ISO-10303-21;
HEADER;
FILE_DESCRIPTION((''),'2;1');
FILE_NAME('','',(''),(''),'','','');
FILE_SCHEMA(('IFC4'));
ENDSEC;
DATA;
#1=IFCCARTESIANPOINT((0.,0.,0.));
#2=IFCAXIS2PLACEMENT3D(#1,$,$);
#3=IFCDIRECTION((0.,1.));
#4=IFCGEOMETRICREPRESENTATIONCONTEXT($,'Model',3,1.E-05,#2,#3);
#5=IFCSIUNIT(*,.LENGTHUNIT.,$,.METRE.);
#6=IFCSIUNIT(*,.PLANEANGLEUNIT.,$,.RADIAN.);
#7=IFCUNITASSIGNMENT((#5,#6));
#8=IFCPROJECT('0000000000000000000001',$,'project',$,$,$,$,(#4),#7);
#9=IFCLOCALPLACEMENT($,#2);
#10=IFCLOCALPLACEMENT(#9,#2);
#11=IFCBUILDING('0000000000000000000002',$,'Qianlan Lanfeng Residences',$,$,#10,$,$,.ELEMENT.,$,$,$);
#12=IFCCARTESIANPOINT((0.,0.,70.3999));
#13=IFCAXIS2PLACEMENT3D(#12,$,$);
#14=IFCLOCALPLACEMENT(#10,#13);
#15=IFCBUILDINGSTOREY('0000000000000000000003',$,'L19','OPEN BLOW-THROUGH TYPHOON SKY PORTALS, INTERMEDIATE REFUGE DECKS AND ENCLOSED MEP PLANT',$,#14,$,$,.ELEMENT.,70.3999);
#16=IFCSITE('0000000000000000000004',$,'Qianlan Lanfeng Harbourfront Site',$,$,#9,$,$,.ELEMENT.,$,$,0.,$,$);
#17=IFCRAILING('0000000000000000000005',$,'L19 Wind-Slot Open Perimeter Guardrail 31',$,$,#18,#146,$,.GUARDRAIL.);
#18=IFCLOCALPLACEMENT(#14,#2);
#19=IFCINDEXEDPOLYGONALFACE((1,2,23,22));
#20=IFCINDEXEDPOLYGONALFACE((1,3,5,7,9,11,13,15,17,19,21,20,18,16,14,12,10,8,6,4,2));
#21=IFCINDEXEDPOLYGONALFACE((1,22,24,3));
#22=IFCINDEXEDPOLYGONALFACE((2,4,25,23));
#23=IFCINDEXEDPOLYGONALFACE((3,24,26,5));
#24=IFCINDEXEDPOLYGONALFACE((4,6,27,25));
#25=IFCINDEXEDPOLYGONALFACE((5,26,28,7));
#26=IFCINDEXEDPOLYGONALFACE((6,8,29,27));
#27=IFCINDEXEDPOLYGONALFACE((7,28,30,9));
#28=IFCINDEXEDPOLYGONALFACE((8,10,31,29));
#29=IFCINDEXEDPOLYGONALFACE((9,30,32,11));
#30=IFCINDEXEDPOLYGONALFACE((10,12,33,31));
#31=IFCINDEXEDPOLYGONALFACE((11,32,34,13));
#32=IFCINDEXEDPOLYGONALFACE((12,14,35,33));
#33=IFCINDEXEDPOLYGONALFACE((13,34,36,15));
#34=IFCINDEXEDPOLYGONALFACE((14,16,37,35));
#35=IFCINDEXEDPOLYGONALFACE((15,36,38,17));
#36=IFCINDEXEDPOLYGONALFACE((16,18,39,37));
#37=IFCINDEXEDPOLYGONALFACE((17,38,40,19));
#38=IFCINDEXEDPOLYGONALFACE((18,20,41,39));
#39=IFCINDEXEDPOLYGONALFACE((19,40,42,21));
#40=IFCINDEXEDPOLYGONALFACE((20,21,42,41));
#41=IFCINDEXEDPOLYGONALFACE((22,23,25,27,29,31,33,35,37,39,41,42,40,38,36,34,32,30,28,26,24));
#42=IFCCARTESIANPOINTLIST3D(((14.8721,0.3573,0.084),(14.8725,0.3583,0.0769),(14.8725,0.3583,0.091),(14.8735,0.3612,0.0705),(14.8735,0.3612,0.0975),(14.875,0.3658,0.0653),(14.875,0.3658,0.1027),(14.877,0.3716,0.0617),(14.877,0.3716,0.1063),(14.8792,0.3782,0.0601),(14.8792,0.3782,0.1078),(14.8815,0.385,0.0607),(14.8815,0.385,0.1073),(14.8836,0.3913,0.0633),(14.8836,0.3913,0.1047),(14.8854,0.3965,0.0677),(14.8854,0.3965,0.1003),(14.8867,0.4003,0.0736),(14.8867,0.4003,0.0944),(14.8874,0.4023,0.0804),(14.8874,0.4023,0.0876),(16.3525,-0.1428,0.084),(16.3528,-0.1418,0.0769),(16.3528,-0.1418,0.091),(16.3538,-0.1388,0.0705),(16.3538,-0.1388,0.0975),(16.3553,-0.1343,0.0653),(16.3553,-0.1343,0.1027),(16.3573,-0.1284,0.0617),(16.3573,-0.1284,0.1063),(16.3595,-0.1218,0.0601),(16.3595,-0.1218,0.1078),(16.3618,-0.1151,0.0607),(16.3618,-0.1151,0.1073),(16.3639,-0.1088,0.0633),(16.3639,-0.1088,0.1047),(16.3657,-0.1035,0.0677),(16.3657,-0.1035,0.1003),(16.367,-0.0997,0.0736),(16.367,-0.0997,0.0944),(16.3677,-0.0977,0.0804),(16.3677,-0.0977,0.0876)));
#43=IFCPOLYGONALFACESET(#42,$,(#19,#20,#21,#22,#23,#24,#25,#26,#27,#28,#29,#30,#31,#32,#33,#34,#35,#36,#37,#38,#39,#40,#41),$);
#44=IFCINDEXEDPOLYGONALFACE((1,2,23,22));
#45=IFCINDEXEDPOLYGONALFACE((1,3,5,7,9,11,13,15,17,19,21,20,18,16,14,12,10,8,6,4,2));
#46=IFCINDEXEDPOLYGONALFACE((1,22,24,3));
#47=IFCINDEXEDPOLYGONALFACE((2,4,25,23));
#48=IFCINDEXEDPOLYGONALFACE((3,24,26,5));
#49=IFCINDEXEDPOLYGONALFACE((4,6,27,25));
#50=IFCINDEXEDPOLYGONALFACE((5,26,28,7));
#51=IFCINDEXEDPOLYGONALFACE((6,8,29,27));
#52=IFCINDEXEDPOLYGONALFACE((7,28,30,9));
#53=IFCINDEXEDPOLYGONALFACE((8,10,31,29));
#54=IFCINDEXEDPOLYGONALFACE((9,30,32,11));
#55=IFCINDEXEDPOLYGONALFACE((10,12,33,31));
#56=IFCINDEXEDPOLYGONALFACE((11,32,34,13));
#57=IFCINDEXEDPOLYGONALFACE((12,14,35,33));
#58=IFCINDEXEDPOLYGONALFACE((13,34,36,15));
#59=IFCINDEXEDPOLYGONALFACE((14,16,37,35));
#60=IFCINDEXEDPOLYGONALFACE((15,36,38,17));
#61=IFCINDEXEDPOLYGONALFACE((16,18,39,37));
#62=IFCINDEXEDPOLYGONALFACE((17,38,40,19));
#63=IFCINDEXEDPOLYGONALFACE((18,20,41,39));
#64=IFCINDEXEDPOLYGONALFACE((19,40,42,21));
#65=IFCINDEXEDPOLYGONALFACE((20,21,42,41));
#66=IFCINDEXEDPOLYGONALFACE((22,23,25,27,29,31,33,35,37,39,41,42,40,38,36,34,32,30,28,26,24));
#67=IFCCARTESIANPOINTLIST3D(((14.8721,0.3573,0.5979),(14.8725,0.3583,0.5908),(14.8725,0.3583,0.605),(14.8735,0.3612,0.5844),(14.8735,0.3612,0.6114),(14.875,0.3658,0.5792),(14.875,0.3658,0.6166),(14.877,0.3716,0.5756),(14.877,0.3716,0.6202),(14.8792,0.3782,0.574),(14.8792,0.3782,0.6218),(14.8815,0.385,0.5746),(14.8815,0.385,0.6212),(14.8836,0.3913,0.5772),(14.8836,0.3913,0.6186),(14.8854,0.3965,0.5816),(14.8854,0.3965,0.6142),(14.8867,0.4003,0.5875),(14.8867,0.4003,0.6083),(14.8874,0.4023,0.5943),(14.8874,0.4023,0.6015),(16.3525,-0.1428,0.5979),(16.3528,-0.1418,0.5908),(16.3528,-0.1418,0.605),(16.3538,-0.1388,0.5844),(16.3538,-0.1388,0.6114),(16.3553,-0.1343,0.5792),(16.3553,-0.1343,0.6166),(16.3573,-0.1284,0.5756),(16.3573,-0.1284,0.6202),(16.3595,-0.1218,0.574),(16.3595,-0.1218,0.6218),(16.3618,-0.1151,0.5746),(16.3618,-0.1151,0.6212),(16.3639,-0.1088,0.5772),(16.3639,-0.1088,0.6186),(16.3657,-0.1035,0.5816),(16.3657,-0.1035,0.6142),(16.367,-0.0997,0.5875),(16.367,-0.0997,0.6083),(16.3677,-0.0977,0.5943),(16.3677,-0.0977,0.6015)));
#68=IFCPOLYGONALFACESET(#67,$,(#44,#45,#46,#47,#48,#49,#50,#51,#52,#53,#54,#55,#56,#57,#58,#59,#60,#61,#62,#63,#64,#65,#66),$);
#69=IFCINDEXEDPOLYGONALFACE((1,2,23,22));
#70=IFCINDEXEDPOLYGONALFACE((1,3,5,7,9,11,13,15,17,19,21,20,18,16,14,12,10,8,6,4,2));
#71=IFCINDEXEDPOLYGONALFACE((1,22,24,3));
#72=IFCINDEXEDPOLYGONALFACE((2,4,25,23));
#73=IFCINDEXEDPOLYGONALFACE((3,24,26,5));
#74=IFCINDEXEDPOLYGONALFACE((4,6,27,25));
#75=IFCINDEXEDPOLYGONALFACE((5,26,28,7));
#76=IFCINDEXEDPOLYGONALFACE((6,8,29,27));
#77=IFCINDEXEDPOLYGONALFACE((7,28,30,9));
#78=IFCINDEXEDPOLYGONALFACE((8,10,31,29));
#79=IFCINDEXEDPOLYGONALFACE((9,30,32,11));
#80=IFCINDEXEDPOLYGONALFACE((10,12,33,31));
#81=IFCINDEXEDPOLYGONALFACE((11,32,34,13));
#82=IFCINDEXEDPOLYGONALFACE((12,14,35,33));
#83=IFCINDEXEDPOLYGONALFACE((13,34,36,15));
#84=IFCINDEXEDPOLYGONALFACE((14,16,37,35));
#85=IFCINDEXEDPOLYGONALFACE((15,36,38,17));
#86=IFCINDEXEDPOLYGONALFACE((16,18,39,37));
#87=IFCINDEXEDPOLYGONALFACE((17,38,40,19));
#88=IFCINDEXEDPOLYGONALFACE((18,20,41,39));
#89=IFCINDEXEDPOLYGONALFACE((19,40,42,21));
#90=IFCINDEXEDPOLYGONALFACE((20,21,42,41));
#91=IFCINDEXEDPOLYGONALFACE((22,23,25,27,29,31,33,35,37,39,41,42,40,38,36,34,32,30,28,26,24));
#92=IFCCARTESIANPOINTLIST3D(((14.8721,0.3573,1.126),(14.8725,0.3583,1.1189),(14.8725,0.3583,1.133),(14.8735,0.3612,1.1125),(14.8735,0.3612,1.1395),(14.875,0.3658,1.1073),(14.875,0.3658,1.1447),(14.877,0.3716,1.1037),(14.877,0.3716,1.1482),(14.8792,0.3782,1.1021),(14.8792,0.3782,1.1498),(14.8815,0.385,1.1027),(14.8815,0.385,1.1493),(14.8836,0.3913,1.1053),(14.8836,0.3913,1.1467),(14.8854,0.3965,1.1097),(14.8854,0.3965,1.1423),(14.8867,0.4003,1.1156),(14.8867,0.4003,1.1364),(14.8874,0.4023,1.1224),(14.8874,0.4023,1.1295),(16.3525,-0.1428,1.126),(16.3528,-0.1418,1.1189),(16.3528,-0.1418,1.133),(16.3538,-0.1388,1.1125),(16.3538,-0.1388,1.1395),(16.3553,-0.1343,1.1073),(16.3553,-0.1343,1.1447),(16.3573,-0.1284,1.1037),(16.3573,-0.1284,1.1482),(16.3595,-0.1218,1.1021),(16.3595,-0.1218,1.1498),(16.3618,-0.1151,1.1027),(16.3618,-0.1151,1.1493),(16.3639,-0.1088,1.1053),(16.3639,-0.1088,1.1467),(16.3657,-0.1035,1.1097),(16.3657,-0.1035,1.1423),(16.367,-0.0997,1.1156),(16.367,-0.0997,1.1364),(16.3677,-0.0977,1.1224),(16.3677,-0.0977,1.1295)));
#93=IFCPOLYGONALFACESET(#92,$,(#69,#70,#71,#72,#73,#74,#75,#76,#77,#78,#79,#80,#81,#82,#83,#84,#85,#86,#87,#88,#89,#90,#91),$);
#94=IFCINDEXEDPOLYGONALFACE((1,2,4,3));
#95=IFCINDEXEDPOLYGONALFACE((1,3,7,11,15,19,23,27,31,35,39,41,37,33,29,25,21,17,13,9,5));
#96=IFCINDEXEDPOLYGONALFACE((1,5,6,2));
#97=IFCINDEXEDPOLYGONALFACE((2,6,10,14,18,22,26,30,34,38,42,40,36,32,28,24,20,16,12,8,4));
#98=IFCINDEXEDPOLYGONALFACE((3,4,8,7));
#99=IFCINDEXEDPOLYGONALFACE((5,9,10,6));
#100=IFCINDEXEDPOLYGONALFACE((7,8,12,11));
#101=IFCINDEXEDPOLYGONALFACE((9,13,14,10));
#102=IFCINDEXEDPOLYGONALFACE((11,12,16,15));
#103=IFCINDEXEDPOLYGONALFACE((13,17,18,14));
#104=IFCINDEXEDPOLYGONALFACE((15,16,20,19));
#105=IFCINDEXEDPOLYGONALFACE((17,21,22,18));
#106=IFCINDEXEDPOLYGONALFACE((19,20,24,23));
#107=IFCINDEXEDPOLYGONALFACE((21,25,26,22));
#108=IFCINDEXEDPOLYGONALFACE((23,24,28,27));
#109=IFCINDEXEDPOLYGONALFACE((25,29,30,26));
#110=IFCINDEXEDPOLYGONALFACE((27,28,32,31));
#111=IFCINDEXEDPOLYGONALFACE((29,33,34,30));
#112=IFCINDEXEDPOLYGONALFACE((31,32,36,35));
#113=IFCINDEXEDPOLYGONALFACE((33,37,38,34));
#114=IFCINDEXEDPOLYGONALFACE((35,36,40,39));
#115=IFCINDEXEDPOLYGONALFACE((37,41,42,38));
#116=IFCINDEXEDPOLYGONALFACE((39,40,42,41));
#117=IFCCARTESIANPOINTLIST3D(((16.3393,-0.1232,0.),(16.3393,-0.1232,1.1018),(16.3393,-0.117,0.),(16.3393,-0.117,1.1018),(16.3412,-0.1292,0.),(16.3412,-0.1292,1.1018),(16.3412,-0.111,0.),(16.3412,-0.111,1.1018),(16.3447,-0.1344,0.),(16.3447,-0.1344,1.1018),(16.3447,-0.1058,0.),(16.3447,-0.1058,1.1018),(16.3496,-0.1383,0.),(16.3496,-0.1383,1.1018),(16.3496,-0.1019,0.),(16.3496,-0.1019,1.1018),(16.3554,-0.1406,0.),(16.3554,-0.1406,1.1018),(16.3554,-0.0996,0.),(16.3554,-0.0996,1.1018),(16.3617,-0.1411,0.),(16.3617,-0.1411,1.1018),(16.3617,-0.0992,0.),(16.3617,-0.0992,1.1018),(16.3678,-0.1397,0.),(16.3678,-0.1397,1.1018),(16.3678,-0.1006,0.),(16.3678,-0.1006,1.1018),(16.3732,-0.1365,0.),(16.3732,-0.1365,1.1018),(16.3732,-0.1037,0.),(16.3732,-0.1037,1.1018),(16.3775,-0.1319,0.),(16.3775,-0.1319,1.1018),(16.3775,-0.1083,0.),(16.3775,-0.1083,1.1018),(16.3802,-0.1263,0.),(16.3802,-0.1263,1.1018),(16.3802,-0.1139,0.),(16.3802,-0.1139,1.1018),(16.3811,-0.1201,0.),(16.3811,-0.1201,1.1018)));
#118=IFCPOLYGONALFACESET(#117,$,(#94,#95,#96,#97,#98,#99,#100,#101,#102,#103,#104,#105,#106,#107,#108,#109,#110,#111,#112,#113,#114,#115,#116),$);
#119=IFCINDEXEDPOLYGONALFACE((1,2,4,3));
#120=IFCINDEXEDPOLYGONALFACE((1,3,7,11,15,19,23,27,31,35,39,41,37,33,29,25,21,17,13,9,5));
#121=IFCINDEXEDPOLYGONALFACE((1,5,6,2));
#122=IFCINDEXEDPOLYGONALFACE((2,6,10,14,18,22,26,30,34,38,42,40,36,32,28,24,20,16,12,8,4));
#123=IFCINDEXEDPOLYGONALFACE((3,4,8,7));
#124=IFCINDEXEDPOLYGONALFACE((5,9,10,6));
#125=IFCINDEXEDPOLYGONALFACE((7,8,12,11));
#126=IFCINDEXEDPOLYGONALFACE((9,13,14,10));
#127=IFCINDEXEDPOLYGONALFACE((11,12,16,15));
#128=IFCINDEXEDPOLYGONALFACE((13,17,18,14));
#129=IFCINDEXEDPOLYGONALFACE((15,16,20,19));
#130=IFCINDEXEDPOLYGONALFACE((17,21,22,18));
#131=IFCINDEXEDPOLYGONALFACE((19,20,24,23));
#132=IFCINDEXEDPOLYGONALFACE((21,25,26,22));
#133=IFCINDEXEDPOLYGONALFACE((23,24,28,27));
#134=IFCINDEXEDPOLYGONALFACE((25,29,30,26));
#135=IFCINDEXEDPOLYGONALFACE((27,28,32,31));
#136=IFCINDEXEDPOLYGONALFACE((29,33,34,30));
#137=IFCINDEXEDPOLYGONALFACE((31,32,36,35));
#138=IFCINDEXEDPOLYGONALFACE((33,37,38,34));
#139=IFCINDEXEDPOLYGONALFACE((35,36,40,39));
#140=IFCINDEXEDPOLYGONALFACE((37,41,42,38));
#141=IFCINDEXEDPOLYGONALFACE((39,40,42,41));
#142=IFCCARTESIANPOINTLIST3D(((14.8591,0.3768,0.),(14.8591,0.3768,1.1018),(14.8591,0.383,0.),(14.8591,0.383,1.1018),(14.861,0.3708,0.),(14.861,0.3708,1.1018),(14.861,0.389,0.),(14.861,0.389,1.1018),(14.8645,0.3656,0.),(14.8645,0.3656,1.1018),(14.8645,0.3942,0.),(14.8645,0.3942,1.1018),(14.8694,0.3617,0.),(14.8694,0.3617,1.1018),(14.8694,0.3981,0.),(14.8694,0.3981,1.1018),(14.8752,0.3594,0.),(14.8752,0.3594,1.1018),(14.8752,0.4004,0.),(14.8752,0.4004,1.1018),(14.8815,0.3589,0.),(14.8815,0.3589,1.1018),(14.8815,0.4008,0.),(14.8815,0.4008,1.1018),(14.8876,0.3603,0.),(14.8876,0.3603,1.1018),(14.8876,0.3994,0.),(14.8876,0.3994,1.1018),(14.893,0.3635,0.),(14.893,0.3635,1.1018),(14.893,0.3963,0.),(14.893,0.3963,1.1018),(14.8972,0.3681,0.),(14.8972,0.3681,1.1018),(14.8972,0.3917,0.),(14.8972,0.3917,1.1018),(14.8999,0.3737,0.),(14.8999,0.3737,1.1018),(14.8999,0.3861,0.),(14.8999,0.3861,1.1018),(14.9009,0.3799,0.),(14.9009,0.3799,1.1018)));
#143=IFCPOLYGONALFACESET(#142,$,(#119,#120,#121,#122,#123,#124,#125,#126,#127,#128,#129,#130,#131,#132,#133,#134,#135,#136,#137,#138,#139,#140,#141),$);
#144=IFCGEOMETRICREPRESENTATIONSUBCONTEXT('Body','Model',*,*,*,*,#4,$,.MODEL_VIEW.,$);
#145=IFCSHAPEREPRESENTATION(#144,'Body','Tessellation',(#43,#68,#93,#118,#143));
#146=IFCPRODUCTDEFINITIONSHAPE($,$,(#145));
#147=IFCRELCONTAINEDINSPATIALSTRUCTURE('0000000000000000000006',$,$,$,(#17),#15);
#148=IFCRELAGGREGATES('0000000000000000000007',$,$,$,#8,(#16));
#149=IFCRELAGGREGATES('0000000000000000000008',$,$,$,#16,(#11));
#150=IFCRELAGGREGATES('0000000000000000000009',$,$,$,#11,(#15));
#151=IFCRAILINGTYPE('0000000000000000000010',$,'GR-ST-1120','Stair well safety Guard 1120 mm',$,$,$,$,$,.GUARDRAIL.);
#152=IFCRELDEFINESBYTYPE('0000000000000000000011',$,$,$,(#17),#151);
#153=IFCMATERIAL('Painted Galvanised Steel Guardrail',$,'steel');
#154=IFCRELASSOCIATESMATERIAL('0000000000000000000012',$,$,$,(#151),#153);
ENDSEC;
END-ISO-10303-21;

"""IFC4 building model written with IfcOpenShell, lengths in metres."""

from ifc_helpers import new_model, si_unit, direction, frame, origin, origin_2d, place, context, subcontext, project, spatial, circle, extrude, material, type_object, element, save


model = new_model("IFC4")

# Units and contexts
model_context = context("Model", 3, precision=1e-05, world=origin(), true_north=direction((0.0, 1.0)))
body_context = subcontext(model_context, "Body", "Model", "MODEL_VIEW")
ifc_project = project(units=[si_unit("LENGTHUNIT", "METRE"), si_unit("PLANEANGLEUNIT", "RADIAN")], contexts=[model_context])

# Site, building, storey
site_placement = place(None, origin())
site = spatial("IfcSite", under=ifc_project, at=site_placement, Name="Qianlan Lanfeng Harbourfront Site", CompositionType="ELEMENT", RefElevation=0.0)
building_placement = place(site_placement, origin())
building = spatial("IfcBuilding", under=site, at=building_placement, Name="Qianlan Lanfeng Residences", CompositionType="ELEMENT")
storey_placement = place(building_placement, frame((0.0, 0.0, 70.3999)))
storey = spatial("IfcBuildingStorey", under=building, at=storey_placement, Name="L19", Description="OPEN BLOW-THROUGH TYPHOON SKY PORTALS, INTERMEDIATE REFUGE DECKS AND ENCLOSED MEP PLANT", CompositionType="ELEMENT", Elevation=70.3999)

# Railing
ifc_material_1 = material(Name="Painted Galvanised Steel Guardrail", Category="steel")
railing_type = type_object("IfcRailingType", Name="GR-ST-1120", Description="Stair well safety Guard 1120 mm", PredefinedType="GUARDRAIL", material=ifc_material_1)
railing_1_placement = place(storey_placement, frame((16.3601, -0.1201, 0.0)))
element("IfcRailing", 1, at=railing_1_placement, inside=storey, type_object=railing_type, Name="L19 Wind-Slot Open Perimeter Guardrail 31", PredefinedType="GUARDRAIL", context=body_context, shape_type="SweptSolid", body=[
    extrude(circle(Radius=0.0239, at=origin_2d()), frame((0.0, 0.0, 0.084), z_axis=(-0.94741, 0.320022, 0.0), x_axis=(-0.320022, -0.94741, 0.0)), (0.0, 0.0, 1.0), 1.5625),
    extrude(circle(Radius=0.0239, at=origin_2d()), frame((0.0, 0.0, 0.5979), z_axis=(-0.94741, 0.320022, 0.0), x_axis=(-0.320022, -0.94741, 0.0)), (0.0, 0.0, 1.0), 1.5625),
    extrude(circle(Radius=0.0239, at=origin_2d()), frame((0.0, 0.0, 1.126), z_axis=(-0.94741, 0.320022, 0.0), x_axis=(-0.320022, -0.94741, 0.0)), (0.0, 0.0, 1.0), 1.5625),
    extrude(circle(Radius=0.021, at=origin_2d()), origin(), (0.0, 0.0, 1.0), 1.1018),
    extrude(circle(Radius=0.021, at=origin_2d()), frame((-1.4802, 0.5, 0.0)), (0.0, 0.0, 1.0), 1.1018),
])

save(model, "model.ifc")
